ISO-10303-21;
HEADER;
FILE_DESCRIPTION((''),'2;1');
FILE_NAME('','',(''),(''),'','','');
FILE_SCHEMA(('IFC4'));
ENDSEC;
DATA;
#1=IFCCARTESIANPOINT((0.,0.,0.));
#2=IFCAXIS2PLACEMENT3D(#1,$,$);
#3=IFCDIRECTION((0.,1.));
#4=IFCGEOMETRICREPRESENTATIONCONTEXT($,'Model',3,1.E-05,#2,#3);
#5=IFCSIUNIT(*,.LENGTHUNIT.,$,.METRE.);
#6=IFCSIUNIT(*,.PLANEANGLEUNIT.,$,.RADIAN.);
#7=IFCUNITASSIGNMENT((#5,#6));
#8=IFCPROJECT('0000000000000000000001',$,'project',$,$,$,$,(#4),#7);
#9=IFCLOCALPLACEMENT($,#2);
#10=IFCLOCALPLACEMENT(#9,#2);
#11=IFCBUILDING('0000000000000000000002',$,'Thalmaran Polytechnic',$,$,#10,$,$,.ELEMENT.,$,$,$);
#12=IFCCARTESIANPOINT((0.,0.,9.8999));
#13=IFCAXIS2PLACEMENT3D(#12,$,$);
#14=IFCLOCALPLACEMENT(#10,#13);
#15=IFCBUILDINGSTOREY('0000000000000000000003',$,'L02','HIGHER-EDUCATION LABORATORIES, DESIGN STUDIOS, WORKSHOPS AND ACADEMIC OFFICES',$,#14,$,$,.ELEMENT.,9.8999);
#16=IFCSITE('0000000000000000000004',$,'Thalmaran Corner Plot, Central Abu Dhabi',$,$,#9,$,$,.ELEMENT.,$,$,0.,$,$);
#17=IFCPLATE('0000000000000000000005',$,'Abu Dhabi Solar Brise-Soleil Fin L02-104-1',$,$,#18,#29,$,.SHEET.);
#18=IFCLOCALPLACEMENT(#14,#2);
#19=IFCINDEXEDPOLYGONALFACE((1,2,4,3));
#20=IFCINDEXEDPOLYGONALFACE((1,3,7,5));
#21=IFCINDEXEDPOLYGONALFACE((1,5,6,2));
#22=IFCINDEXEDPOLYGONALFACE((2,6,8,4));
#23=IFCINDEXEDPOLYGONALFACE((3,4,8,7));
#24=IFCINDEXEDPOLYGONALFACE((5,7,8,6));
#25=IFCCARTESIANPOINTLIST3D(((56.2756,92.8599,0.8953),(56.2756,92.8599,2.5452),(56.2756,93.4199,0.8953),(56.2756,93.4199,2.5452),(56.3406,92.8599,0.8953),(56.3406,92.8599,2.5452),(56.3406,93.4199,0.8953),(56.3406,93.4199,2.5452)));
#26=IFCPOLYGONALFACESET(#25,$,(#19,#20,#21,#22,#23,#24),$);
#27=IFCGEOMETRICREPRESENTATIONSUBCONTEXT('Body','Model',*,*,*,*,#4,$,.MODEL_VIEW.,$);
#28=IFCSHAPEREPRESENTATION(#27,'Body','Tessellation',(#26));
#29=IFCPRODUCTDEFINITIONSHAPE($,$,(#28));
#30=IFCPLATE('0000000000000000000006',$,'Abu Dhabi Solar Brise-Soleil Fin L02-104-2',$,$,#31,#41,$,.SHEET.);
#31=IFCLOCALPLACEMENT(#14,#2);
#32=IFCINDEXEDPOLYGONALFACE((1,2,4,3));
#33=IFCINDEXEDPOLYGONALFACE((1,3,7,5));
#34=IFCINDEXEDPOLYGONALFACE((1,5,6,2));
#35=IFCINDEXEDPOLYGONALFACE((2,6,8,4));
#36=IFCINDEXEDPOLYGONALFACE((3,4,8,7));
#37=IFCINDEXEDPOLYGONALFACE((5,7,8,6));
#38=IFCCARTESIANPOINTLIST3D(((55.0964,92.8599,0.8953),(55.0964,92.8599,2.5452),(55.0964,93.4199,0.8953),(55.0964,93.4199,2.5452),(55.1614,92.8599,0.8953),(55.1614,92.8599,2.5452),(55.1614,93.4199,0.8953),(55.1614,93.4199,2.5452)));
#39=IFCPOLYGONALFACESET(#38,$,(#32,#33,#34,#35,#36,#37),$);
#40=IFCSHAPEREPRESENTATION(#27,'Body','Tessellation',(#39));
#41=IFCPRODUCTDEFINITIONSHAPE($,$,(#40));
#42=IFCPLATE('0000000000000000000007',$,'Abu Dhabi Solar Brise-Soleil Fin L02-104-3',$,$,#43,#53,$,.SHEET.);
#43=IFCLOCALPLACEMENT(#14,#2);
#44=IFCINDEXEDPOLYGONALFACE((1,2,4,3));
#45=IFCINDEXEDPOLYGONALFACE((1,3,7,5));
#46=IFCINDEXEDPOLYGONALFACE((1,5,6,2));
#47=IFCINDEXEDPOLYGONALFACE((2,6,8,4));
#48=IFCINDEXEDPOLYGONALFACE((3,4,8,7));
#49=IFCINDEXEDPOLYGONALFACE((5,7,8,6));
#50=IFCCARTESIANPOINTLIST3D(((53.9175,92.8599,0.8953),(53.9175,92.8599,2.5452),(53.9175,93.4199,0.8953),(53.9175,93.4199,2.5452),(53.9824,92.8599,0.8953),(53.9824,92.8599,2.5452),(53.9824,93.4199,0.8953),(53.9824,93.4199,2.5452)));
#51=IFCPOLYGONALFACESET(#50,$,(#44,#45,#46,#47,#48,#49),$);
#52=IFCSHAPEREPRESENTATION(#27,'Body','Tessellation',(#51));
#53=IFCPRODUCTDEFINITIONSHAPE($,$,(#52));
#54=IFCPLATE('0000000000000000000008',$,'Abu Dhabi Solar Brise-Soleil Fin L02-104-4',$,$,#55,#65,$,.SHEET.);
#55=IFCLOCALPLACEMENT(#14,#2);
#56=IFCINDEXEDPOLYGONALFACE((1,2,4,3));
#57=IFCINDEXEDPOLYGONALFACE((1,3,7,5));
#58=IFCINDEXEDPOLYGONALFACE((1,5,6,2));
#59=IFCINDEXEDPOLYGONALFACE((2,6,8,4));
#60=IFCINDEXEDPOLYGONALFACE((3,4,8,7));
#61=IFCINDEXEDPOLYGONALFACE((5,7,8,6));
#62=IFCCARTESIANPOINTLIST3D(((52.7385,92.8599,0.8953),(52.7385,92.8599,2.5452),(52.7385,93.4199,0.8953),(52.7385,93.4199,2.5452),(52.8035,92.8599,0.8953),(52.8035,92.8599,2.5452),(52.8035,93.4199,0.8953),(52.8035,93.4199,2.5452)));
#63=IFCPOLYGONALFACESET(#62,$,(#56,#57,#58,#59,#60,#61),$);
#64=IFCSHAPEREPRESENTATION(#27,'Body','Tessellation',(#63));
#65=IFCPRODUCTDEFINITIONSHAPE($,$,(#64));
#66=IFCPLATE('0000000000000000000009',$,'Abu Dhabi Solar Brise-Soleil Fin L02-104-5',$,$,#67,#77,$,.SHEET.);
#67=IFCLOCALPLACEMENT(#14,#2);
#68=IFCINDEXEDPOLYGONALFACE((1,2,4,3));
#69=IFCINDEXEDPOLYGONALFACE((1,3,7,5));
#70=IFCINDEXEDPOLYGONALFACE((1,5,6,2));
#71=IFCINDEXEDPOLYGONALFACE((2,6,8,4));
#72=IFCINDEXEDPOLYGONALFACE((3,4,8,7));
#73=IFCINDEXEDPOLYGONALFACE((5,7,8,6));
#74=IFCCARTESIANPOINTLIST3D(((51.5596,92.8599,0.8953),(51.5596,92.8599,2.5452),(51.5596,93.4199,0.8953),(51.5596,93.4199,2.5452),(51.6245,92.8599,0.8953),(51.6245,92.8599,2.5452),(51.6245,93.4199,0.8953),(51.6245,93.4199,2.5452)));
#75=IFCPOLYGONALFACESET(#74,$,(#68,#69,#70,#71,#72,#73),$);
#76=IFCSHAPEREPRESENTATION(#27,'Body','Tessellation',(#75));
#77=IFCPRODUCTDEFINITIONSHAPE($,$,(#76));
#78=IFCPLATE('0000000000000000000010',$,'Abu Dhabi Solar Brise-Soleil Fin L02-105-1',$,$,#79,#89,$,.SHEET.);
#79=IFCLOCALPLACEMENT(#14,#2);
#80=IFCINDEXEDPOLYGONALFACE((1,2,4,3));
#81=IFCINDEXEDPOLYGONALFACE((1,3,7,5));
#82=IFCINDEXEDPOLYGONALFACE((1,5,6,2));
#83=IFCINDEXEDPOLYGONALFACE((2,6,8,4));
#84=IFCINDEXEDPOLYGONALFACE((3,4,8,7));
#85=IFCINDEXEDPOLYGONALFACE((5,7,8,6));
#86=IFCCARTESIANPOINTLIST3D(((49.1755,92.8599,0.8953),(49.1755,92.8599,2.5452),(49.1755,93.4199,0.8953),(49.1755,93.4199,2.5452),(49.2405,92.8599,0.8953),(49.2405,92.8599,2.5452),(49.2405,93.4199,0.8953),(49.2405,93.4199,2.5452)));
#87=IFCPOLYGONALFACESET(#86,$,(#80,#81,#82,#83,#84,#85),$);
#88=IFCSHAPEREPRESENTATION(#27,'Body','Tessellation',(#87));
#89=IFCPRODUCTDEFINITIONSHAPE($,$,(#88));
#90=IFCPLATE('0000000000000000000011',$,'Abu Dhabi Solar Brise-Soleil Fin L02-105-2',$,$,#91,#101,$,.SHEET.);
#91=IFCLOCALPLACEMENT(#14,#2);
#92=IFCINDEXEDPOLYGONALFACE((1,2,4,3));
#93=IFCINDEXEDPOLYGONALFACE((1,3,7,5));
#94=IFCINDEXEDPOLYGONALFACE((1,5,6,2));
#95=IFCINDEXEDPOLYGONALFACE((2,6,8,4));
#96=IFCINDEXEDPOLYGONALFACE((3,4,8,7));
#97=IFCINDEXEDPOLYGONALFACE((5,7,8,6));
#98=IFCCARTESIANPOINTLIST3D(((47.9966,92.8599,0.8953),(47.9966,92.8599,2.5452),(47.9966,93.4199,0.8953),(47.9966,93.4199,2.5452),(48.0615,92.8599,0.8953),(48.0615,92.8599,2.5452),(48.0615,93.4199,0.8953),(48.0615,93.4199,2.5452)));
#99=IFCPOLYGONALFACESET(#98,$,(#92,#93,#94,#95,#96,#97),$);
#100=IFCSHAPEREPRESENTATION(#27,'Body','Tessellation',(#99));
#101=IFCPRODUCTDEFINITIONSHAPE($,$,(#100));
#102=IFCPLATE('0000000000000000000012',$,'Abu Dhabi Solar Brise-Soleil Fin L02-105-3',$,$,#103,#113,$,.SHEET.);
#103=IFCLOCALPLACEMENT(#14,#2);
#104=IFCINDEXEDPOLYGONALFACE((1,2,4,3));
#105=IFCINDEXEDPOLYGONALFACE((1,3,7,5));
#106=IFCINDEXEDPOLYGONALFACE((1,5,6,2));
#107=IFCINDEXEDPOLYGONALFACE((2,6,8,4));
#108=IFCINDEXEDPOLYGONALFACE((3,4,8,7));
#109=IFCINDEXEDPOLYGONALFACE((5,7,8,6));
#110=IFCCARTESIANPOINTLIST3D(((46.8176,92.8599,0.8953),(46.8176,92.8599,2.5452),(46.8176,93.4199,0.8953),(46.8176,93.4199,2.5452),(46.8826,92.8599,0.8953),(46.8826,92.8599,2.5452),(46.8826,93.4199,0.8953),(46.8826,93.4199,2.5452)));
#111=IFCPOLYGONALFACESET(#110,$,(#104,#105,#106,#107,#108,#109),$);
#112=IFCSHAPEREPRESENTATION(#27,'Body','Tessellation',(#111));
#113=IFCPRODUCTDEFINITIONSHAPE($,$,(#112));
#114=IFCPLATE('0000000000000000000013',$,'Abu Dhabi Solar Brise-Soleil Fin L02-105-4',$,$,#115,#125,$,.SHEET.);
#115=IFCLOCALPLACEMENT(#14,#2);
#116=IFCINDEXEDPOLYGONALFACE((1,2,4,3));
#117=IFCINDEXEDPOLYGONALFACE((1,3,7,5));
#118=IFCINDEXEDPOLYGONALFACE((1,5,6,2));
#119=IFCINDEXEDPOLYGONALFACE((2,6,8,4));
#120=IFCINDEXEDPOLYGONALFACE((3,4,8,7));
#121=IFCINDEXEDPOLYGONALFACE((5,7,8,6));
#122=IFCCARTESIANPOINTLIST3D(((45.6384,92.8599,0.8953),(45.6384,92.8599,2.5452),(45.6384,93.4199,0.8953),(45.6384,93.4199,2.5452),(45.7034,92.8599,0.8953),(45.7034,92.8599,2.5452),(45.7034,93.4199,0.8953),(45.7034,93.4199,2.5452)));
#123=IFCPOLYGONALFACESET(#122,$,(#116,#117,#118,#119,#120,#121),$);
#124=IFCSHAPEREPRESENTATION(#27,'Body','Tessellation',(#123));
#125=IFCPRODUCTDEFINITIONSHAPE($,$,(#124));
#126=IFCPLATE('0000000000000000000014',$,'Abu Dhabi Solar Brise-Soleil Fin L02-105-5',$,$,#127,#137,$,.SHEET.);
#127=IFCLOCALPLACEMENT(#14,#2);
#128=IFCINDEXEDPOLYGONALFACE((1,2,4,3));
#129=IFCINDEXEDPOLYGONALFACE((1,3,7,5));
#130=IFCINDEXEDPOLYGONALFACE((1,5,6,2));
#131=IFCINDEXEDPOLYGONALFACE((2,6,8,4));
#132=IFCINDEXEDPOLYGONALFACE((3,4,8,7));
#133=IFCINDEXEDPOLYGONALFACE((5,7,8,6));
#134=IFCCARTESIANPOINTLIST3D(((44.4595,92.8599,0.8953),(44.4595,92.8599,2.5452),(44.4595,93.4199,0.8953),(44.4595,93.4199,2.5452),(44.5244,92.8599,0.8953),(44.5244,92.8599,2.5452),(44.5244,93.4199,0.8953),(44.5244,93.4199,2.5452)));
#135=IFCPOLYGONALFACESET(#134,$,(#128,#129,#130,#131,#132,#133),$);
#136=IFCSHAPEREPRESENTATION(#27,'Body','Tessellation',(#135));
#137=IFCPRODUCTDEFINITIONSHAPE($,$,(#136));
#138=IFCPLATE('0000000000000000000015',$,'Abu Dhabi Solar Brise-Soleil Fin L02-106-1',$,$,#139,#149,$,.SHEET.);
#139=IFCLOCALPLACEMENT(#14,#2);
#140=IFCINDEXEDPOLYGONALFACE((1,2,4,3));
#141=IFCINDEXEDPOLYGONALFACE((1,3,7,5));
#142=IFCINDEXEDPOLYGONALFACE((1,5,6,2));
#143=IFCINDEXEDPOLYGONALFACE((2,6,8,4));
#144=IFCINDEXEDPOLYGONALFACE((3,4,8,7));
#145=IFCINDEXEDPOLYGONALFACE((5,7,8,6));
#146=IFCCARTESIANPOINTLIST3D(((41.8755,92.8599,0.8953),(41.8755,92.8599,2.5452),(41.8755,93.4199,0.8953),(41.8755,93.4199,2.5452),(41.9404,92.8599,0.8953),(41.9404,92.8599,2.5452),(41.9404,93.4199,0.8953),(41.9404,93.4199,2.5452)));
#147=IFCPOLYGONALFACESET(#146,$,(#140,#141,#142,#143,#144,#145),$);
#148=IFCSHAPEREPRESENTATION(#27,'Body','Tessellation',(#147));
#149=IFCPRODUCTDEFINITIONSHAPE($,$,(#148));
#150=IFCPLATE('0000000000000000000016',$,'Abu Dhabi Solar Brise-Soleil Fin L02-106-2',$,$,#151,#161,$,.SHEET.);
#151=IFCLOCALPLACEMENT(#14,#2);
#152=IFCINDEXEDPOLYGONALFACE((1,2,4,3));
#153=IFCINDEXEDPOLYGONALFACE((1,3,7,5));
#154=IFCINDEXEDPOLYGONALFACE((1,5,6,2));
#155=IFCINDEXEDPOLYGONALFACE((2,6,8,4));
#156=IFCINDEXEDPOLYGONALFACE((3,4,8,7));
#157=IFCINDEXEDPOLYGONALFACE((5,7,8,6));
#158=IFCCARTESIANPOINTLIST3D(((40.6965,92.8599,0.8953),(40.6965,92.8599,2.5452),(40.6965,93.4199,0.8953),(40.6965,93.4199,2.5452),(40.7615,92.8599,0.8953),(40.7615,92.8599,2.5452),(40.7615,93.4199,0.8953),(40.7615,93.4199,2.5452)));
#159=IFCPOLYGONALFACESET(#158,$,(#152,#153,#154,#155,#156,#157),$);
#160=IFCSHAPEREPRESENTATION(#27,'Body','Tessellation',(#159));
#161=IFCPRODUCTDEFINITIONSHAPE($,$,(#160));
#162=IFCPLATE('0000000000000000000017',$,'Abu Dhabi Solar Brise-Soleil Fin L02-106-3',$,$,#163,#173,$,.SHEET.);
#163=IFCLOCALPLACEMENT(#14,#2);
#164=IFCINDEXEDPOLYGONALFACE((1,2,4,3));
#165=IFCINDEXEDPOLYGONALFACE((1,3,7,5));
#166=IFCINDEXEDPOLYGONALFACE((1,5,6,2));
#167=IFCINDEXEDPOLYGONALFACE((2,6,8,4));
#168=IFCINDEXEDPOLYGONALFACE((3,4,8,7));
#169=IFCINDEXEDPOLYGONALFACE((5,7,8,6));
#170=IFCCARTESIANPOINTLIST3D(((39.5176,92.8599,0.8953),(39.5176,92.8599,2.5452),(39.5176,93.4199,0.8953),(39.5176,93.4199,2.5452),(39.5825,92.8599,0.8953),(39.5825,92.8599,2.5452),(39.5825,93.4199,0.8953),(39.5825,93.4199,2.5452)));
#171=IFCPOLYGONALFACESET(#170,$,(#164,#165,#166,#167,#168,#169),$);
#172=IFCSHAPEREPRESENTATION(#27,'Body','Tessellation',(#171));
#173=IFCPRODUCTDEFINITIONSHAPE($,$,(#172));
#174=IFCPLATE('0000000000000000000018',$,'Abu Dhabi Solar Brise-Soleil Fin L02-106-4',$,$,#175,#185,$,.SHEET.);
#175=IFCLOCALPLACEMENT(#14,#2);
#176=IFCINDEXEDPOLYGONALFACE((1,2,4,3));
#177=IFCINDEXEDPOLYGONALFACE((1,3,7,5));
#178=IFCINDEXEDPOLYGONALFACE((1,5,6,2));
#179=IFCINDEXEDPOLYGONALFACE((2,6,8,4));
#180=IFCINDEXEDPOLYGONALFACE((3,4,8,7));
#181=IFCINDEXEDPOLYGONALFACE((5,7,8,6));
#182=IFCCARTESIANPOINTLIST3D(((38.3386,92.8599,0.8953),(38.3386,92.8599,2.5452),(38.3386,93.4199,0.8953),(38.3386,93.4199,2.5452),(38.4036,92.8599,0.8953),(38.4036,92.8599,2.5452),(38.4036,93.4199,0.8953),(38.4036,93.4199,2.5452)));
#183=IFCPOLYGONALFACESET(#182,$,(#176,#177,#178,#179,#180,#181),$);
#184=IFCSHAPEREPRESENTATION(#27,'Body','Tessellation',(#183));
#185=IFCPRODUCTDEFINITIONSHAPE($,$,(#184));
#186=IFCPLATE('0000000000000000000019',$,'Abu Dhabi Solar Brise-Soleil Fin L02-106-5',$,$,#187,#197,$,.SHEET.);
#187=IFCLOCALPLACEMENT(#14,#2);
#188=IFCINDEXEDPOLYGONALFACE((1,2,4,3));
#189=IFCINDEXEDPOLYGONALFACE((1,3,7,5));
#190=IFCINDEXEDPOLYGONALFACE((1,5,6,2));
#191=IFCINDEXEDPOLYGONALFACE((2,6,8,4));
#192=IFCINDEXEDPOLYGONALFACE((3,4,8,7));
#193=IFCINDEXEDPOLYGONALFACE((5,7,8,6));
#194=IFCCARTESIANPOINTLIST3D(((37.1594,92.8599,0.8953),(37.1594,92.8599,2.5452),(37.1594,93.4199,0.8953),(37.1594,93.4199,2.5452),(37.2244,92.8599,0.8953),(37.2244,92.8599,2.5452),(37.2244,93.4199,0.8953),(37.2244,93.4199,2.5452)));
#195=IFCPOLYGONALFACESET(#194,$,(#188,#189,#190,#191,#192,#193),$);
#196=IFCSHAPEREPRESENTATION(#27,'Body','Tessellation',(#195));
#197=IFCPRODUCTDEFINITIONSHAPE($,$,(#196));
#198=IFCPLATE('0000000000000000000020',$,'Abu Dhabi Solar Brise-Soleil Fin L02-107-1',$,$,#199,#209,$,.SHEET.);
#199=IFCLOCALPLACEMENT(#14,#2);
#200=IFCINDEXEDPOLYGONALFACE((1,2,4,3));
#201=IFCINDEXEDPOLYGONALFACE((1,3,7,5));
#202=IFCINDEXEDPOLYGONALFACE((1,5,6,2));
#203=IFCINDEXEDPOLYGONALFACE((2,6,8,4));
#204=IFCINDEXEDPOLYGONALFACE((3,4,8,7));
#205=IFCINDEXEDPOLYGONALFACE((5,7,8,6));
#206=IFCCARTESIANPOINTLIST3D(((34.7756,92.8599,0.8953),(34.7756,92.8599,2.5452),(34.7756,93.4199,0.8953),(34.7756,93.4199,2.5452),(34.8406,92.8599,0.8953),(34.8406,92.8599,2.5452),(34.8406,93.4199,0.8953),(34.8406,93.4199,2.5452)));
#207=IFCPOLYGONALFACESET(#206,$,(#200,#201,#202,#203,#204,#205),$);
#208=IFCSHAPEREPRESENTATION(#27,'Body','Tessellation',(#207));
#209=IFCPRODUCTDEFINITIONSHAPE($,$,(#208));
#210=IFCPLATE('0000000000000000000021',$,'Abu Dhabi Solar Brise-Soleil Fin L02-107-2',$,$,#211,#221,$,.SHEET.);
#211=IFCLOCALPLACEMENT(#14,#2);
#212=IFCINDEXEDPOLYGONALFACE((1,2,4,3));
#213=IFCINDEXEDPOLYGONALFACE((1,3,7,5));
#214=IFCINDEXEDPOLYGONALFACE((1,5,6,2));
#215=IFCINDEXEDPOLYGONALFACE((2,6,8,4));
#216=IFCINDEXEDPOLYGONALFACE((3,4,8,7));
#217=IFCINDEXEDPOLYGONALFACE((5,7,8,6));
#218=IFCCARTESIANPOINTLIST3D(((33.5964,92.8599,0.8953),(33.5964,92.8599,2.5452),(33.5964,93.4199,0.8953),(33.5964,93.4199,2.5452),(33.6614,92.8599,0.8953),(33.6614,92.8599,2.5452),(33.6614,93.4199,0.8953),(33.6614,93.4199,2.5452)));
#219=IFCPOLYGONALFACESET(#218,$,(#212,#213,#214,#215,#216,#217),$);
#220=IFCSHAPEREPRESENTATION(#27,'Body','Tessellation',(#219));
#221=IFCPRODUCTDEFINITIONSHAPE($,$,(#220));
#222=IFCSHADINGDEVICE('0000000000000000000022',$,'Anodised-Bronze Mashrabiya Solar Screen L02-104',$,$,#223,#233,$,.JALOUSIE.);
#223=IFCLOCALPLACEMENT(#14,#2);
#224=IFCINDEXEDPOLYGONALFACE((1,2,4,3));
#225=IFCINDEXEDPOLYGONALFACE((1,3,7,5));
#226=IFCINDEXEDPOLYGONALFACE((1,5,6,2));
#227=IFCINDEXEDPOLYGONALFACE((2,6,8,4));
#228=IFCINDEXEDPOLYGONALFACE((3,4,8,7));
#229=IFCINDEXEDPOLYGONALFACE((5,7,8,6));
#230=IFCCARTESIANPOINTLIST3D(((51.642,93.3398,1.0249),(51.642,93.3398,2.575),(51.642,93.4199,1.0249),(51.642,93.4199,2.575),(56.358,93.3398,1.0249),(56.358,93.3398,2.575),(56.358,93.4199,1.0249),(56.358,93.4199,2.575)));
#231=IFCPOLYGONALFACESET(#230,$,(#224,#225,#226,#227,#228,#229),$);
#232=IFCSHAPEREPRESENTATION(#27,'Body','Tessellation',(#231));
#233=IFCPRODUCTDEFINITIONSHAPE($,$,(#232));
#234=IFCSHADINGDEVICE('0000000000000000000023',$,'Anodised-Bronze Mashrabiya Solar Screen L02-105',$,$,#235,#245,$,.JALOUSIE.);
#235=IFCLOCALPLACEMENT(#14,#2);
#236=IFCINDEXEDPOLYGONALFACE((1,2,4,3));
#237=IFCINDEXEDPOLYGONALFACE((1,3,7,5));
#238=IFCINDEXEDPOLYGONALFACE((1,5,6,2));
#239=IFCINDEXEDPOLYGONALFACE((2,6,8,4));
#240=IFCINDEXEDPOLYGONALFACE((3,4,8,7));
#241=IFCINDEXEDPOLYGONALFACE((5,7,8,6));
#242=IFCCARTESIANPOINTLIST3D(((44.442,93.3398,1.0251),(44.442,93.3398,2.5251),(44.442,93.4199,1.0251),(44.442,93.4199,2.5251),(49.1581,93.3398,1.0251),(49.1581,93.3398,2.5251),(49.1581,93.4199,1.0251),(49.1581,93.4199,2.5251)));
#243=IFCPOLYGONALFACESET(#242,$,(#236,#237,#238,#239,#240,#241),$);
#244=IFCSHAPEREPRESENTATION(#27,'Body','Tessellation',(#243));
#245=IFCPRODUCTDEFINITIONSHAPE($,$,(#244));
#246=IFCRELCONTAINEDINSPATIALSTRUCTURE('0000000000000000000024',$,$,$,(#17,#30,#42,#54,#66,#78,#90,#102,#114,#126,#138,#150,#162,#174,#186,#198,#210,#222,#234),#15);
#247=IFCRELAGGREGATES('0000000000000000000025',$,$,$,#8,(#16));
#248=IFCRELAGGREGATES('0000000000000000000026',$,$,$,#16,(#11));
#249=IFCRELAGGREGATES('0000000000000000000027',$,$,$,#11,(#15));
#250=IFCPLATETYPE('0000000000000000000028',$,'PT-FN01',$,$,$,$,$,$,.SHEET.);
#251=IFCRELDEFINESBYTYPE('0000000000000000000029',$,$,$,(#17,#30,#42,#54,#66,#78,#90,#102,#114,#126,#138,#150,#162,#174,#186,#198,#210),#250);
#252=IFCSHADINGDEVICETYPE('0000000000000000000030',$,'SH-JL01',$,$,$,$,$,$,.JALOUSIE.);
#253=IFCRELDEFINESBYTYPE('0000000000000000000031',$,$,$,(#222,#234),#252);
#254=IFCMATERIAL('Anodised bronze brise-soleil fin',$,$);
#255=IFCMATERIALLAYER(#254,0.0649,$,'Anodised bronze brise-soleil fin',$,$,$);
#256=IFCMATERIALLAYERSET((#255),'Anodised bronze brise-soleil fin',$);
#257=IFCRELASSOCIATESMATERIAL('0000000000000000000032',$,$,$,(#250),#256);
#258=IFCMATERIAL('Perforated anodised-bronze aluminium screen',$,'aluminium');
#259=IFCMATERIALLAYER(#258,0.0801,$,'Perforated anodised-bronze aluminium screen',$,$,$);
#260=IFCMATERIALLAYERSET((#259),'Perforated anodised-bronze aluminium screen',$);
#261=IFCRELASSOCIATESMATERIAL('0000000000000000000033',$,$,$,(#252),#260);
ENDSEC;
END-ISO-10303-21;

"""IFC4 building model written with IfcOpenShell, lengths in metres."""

from ifc_helpers import new_model, si_unit, direction, frame, origin, origin_2d, place, context, subcontext, project, spatial, rectangle, extrude, material, layer, layer_set, type_object, element, save


model = new_model("IFC4")

# Units and contexts
model_context = context("Model", 3, precision=1e-05, world=origin(), true_north=direction((0.0, 1.0)))
body_context = subcontext(model_context, "Body", "Model", "MODEL_VIEW")
ifc_project = project(units=[si_unit("LENGTHUNIT", "METRE"), si_unit("PLANEANGLEUNIT", "RADIAN")], contexts=[model_context])

# Site, building, storey
site_placement = place(None, origin())
site = spatial("IfcSite", under=ifc_project, at=site_placement, Name="Thalmaran Corner Plot, Central Abu Dhabi", CompositionType="ELEMENT", RefElevation=0.0)
building_placement = place(site_placement, origin())
building = spatial("IfcBuilding", under=site, at=building_placement, Name="Thalmaran Polytechnic", CompositionType="ELEMENT")
storey_placement = place(building_placement, frame((0.0, 0.0, 9.8999)))
storey = spatial("IfcBuildingStorey", under=building, at=storey_placement, Name="L02", Description="HIGHER-EDUCATION LABORATORIES, DESIGN STUDIOS, WORKSHOPS AND ACADEMIC OFFICES", CompositionType="ELEMENT", Elevation=9.8999)

# Plates
ifc_material_1 = material(Name="Anodised bronze brise-soleil fin")
ifc_layer_1 = layer(ifc_material_1, 0.0649, Name="Anodised bronze brise-soleil fin")
ifc_layer_set_1 = layer_set([ifc_layer_1], Name="Anodised bronze brise-soleil fin")
plate_type_1 = type_object("IfcPlateType", Name="PT-FN01", PredefinedType="SHEET", material=ifc_layer_set_1)
for number, where, z_axis, x_axis, name in (
    (1, (56.3081, 93.1399, 0.8953), (0.0, 0.0, 1.0), (-1.0, 0.0, 0.0), "Abu Dhabi Solar Brise-Soleil Fin L02-104-1"),
    (2, (55.1289, 93.1399, 0.8953), (0.0, 0.0, 1.0), (-1.0, 0.0, 0.0), "Abu Dhabi Solar Brise-Soleil Fin L02-104-2"),
    (3, (53.95, 93.1399, 0.8953), (0.0, 0.0, 1.0), (-1.0, 0.0, 0.0), "Abu Dhabi Solar Brise-Soleil Fin L02-104-3"),
    (4, (52.771, 93.1399, 0.8953), (0.0, 0.0, 1.0), (-1.0, 0.0, 0.0), "Abu Dhabi Solar Brise-Soleil Fin L02-104-4"),
    (5, (51.592, 93.1399, 0.8953), (0.0, 0.0, 1.0), (-1.0, 0.0, 0.0), "Abu Dhabi Solar Brise-Soleil Fin L02-104-5"),
    (6, (49.208, 93.1399, 0.8953), (0.0, 0.0, 1.0), (-1.0, 0.0, 0.0), "Abu Dhabi Solar Brise-Soleil Fin L02-105-1"),
    (7, (48.0291, 93.1399, 0.8953), (0.0, 0.0, 1.0), (-1.0, 0.0, 0.0), "Abu Dhabi Solar Brise-Soleil Fin L02-105-2"),
    (8, (46.8501, 93.1399, 0.8953), (0.0, 0.0, 1.0), (-1.0, 0.0, 0.0), "Abu Dhabi Solar Brise-Soleil Fin L02-105-3"),
    (9, (45.6709, 93.1399, 0.8953), (0.0, 0.0, 1.0), (-1.0, 0.0, 0.0), "Abu Dhabi Solar Brise-Soleil Fin L02-105-4"),
    (10, (44.4919, 93.1399, 0.8953), (0.0, 0.0, 1.0), (-1.0, 0.0, 0.0), "Abu Dhabi Solar Brise-Soleil Fin L02-105-5"),
    (11, (41.908, 93.1399, 0.8953), (0.0, 0.0, 1.0), (-1.0, 0.0, 0.0), "Abu Dhabi Solar Brise-Soleil Fin L02-106-1"),
    (12, (40.729, 93.1399, 0.8953), (0.0, 0.0, 1.0), (-1.0, 0.0, 0.0), "Abu Dhabi Solar Brise-Soleil Fin L02-106-2"),
    (13, (39.55, 93.1399, 0.8953), (0.0, 0.0, 1.0), (-1.0, 0.0, 0.0), "Abu Dhabi Solar Brise-Soleil Fin L02-106-3"),
    (14, (38.3711, 93.1399, 0.8953), (0.0, 0.0, 1.0), (-1.0, 0.0, 0.0), "Abu Dhabi Solar Brise-Soleil Fin L02-106-4"),
    (15, (37.1919, 93.1399, 0.8953), (0.0, 0.0, 1.0), (-1.0, 0.0, 0.0), "Abu Dhabi Solar Brise-Soleil Fin L02-106-5"),
    (16, (34.8081, 93.1399, 0.8953), (0.0, 0.0, 1.0), (-1.0, 0.0, 0.0), "Abu Dhabi Solar Brise-Soleil Fin L02-107-1"),
    (17, (33.6289, 93.1399, 0.8953), (0.0, 0.0, 1.0), (-1.0, 0.0, 0.0), "Abu Dhabi Solar Brise-Soleil Fin L02-107-2"),
):
    element("IfcPlate", number, at=place(storey_placement, frame(where, z_axis=z_axis, x_axis=x_axis)), inside=storey, type_object=plate_type_1, Name=name, PredefinedType="SHEET", context=body_context, shape_type="SweptSolid", body=[
        extrude(rectangle(XDim=0.0649, YDim=0.5601, at=origin_2d()), origin(), (0.0, 0.0, 1.0), 1.6499),
    ])

# Shading devices
ifc_material_2 = material(Name="Perforated anodised-bronze aluminium screen", Category="aluminium")
ifc_layer_2 = layer(ifc_material_2, 0.0801, Name="Perforated anodised-bronze aluminium screen")
ifc_layer_set_2 = layer_set([ifc_layer_2], Name="Perforated anodised-bronze aluminium screen")
shading_device_type = type_object("IfcShadingDeviceType", Name="SH-JL01", PredefinedType="JALOUSIE", material=ifc_layer_set_2)
shading_device_1_placement = place(storey_placement, frame((54.0, 93.3799, 1.0249), z_axis=(0.0, 0.0, 1.0), x_axis=(-1.0, 0.0, 0.0)))
element("IfcShadingDevice", 18, at=shading_device_1_placement, inside=storey, type_object=shading_device_type, Name="Anodised-Bronze Mashrabiya Solar Screen L02-104", PredefinedType="JALOUSIE", context=body_context, shape_type="SweptSolid", body=[
    extrude(rectangle(XDim=4.7161, YDim=0.0801, at=origin_2d()), origin(), (0.0, 0.0, 1.0), 1.55),
])
shading_device_2_placement = place(storey_placement, frame((46.8, 93.3799, 1.0251), z_axis=(0.0, 0.0, 1.0), x_axis=(-1.0, 0.0, 0.0)))
element("IfcShadingDevice", 19, at=shading_device_2_placement, inside=storey, type_object=shading_device_type, Name="Anodised-Bronze Mashrabiya Solar Screen L02-105", PredefinedType="JALOUSIE", context=body_context, shape_type="SweptSolid", body=[
    extrude(rectangle(XDim=4.7161, YDim=0.0801, at=origin_2d()), origin(), (0.0, 0.0, 1.0), 1.5),
])

save(model, "model.ifc")
